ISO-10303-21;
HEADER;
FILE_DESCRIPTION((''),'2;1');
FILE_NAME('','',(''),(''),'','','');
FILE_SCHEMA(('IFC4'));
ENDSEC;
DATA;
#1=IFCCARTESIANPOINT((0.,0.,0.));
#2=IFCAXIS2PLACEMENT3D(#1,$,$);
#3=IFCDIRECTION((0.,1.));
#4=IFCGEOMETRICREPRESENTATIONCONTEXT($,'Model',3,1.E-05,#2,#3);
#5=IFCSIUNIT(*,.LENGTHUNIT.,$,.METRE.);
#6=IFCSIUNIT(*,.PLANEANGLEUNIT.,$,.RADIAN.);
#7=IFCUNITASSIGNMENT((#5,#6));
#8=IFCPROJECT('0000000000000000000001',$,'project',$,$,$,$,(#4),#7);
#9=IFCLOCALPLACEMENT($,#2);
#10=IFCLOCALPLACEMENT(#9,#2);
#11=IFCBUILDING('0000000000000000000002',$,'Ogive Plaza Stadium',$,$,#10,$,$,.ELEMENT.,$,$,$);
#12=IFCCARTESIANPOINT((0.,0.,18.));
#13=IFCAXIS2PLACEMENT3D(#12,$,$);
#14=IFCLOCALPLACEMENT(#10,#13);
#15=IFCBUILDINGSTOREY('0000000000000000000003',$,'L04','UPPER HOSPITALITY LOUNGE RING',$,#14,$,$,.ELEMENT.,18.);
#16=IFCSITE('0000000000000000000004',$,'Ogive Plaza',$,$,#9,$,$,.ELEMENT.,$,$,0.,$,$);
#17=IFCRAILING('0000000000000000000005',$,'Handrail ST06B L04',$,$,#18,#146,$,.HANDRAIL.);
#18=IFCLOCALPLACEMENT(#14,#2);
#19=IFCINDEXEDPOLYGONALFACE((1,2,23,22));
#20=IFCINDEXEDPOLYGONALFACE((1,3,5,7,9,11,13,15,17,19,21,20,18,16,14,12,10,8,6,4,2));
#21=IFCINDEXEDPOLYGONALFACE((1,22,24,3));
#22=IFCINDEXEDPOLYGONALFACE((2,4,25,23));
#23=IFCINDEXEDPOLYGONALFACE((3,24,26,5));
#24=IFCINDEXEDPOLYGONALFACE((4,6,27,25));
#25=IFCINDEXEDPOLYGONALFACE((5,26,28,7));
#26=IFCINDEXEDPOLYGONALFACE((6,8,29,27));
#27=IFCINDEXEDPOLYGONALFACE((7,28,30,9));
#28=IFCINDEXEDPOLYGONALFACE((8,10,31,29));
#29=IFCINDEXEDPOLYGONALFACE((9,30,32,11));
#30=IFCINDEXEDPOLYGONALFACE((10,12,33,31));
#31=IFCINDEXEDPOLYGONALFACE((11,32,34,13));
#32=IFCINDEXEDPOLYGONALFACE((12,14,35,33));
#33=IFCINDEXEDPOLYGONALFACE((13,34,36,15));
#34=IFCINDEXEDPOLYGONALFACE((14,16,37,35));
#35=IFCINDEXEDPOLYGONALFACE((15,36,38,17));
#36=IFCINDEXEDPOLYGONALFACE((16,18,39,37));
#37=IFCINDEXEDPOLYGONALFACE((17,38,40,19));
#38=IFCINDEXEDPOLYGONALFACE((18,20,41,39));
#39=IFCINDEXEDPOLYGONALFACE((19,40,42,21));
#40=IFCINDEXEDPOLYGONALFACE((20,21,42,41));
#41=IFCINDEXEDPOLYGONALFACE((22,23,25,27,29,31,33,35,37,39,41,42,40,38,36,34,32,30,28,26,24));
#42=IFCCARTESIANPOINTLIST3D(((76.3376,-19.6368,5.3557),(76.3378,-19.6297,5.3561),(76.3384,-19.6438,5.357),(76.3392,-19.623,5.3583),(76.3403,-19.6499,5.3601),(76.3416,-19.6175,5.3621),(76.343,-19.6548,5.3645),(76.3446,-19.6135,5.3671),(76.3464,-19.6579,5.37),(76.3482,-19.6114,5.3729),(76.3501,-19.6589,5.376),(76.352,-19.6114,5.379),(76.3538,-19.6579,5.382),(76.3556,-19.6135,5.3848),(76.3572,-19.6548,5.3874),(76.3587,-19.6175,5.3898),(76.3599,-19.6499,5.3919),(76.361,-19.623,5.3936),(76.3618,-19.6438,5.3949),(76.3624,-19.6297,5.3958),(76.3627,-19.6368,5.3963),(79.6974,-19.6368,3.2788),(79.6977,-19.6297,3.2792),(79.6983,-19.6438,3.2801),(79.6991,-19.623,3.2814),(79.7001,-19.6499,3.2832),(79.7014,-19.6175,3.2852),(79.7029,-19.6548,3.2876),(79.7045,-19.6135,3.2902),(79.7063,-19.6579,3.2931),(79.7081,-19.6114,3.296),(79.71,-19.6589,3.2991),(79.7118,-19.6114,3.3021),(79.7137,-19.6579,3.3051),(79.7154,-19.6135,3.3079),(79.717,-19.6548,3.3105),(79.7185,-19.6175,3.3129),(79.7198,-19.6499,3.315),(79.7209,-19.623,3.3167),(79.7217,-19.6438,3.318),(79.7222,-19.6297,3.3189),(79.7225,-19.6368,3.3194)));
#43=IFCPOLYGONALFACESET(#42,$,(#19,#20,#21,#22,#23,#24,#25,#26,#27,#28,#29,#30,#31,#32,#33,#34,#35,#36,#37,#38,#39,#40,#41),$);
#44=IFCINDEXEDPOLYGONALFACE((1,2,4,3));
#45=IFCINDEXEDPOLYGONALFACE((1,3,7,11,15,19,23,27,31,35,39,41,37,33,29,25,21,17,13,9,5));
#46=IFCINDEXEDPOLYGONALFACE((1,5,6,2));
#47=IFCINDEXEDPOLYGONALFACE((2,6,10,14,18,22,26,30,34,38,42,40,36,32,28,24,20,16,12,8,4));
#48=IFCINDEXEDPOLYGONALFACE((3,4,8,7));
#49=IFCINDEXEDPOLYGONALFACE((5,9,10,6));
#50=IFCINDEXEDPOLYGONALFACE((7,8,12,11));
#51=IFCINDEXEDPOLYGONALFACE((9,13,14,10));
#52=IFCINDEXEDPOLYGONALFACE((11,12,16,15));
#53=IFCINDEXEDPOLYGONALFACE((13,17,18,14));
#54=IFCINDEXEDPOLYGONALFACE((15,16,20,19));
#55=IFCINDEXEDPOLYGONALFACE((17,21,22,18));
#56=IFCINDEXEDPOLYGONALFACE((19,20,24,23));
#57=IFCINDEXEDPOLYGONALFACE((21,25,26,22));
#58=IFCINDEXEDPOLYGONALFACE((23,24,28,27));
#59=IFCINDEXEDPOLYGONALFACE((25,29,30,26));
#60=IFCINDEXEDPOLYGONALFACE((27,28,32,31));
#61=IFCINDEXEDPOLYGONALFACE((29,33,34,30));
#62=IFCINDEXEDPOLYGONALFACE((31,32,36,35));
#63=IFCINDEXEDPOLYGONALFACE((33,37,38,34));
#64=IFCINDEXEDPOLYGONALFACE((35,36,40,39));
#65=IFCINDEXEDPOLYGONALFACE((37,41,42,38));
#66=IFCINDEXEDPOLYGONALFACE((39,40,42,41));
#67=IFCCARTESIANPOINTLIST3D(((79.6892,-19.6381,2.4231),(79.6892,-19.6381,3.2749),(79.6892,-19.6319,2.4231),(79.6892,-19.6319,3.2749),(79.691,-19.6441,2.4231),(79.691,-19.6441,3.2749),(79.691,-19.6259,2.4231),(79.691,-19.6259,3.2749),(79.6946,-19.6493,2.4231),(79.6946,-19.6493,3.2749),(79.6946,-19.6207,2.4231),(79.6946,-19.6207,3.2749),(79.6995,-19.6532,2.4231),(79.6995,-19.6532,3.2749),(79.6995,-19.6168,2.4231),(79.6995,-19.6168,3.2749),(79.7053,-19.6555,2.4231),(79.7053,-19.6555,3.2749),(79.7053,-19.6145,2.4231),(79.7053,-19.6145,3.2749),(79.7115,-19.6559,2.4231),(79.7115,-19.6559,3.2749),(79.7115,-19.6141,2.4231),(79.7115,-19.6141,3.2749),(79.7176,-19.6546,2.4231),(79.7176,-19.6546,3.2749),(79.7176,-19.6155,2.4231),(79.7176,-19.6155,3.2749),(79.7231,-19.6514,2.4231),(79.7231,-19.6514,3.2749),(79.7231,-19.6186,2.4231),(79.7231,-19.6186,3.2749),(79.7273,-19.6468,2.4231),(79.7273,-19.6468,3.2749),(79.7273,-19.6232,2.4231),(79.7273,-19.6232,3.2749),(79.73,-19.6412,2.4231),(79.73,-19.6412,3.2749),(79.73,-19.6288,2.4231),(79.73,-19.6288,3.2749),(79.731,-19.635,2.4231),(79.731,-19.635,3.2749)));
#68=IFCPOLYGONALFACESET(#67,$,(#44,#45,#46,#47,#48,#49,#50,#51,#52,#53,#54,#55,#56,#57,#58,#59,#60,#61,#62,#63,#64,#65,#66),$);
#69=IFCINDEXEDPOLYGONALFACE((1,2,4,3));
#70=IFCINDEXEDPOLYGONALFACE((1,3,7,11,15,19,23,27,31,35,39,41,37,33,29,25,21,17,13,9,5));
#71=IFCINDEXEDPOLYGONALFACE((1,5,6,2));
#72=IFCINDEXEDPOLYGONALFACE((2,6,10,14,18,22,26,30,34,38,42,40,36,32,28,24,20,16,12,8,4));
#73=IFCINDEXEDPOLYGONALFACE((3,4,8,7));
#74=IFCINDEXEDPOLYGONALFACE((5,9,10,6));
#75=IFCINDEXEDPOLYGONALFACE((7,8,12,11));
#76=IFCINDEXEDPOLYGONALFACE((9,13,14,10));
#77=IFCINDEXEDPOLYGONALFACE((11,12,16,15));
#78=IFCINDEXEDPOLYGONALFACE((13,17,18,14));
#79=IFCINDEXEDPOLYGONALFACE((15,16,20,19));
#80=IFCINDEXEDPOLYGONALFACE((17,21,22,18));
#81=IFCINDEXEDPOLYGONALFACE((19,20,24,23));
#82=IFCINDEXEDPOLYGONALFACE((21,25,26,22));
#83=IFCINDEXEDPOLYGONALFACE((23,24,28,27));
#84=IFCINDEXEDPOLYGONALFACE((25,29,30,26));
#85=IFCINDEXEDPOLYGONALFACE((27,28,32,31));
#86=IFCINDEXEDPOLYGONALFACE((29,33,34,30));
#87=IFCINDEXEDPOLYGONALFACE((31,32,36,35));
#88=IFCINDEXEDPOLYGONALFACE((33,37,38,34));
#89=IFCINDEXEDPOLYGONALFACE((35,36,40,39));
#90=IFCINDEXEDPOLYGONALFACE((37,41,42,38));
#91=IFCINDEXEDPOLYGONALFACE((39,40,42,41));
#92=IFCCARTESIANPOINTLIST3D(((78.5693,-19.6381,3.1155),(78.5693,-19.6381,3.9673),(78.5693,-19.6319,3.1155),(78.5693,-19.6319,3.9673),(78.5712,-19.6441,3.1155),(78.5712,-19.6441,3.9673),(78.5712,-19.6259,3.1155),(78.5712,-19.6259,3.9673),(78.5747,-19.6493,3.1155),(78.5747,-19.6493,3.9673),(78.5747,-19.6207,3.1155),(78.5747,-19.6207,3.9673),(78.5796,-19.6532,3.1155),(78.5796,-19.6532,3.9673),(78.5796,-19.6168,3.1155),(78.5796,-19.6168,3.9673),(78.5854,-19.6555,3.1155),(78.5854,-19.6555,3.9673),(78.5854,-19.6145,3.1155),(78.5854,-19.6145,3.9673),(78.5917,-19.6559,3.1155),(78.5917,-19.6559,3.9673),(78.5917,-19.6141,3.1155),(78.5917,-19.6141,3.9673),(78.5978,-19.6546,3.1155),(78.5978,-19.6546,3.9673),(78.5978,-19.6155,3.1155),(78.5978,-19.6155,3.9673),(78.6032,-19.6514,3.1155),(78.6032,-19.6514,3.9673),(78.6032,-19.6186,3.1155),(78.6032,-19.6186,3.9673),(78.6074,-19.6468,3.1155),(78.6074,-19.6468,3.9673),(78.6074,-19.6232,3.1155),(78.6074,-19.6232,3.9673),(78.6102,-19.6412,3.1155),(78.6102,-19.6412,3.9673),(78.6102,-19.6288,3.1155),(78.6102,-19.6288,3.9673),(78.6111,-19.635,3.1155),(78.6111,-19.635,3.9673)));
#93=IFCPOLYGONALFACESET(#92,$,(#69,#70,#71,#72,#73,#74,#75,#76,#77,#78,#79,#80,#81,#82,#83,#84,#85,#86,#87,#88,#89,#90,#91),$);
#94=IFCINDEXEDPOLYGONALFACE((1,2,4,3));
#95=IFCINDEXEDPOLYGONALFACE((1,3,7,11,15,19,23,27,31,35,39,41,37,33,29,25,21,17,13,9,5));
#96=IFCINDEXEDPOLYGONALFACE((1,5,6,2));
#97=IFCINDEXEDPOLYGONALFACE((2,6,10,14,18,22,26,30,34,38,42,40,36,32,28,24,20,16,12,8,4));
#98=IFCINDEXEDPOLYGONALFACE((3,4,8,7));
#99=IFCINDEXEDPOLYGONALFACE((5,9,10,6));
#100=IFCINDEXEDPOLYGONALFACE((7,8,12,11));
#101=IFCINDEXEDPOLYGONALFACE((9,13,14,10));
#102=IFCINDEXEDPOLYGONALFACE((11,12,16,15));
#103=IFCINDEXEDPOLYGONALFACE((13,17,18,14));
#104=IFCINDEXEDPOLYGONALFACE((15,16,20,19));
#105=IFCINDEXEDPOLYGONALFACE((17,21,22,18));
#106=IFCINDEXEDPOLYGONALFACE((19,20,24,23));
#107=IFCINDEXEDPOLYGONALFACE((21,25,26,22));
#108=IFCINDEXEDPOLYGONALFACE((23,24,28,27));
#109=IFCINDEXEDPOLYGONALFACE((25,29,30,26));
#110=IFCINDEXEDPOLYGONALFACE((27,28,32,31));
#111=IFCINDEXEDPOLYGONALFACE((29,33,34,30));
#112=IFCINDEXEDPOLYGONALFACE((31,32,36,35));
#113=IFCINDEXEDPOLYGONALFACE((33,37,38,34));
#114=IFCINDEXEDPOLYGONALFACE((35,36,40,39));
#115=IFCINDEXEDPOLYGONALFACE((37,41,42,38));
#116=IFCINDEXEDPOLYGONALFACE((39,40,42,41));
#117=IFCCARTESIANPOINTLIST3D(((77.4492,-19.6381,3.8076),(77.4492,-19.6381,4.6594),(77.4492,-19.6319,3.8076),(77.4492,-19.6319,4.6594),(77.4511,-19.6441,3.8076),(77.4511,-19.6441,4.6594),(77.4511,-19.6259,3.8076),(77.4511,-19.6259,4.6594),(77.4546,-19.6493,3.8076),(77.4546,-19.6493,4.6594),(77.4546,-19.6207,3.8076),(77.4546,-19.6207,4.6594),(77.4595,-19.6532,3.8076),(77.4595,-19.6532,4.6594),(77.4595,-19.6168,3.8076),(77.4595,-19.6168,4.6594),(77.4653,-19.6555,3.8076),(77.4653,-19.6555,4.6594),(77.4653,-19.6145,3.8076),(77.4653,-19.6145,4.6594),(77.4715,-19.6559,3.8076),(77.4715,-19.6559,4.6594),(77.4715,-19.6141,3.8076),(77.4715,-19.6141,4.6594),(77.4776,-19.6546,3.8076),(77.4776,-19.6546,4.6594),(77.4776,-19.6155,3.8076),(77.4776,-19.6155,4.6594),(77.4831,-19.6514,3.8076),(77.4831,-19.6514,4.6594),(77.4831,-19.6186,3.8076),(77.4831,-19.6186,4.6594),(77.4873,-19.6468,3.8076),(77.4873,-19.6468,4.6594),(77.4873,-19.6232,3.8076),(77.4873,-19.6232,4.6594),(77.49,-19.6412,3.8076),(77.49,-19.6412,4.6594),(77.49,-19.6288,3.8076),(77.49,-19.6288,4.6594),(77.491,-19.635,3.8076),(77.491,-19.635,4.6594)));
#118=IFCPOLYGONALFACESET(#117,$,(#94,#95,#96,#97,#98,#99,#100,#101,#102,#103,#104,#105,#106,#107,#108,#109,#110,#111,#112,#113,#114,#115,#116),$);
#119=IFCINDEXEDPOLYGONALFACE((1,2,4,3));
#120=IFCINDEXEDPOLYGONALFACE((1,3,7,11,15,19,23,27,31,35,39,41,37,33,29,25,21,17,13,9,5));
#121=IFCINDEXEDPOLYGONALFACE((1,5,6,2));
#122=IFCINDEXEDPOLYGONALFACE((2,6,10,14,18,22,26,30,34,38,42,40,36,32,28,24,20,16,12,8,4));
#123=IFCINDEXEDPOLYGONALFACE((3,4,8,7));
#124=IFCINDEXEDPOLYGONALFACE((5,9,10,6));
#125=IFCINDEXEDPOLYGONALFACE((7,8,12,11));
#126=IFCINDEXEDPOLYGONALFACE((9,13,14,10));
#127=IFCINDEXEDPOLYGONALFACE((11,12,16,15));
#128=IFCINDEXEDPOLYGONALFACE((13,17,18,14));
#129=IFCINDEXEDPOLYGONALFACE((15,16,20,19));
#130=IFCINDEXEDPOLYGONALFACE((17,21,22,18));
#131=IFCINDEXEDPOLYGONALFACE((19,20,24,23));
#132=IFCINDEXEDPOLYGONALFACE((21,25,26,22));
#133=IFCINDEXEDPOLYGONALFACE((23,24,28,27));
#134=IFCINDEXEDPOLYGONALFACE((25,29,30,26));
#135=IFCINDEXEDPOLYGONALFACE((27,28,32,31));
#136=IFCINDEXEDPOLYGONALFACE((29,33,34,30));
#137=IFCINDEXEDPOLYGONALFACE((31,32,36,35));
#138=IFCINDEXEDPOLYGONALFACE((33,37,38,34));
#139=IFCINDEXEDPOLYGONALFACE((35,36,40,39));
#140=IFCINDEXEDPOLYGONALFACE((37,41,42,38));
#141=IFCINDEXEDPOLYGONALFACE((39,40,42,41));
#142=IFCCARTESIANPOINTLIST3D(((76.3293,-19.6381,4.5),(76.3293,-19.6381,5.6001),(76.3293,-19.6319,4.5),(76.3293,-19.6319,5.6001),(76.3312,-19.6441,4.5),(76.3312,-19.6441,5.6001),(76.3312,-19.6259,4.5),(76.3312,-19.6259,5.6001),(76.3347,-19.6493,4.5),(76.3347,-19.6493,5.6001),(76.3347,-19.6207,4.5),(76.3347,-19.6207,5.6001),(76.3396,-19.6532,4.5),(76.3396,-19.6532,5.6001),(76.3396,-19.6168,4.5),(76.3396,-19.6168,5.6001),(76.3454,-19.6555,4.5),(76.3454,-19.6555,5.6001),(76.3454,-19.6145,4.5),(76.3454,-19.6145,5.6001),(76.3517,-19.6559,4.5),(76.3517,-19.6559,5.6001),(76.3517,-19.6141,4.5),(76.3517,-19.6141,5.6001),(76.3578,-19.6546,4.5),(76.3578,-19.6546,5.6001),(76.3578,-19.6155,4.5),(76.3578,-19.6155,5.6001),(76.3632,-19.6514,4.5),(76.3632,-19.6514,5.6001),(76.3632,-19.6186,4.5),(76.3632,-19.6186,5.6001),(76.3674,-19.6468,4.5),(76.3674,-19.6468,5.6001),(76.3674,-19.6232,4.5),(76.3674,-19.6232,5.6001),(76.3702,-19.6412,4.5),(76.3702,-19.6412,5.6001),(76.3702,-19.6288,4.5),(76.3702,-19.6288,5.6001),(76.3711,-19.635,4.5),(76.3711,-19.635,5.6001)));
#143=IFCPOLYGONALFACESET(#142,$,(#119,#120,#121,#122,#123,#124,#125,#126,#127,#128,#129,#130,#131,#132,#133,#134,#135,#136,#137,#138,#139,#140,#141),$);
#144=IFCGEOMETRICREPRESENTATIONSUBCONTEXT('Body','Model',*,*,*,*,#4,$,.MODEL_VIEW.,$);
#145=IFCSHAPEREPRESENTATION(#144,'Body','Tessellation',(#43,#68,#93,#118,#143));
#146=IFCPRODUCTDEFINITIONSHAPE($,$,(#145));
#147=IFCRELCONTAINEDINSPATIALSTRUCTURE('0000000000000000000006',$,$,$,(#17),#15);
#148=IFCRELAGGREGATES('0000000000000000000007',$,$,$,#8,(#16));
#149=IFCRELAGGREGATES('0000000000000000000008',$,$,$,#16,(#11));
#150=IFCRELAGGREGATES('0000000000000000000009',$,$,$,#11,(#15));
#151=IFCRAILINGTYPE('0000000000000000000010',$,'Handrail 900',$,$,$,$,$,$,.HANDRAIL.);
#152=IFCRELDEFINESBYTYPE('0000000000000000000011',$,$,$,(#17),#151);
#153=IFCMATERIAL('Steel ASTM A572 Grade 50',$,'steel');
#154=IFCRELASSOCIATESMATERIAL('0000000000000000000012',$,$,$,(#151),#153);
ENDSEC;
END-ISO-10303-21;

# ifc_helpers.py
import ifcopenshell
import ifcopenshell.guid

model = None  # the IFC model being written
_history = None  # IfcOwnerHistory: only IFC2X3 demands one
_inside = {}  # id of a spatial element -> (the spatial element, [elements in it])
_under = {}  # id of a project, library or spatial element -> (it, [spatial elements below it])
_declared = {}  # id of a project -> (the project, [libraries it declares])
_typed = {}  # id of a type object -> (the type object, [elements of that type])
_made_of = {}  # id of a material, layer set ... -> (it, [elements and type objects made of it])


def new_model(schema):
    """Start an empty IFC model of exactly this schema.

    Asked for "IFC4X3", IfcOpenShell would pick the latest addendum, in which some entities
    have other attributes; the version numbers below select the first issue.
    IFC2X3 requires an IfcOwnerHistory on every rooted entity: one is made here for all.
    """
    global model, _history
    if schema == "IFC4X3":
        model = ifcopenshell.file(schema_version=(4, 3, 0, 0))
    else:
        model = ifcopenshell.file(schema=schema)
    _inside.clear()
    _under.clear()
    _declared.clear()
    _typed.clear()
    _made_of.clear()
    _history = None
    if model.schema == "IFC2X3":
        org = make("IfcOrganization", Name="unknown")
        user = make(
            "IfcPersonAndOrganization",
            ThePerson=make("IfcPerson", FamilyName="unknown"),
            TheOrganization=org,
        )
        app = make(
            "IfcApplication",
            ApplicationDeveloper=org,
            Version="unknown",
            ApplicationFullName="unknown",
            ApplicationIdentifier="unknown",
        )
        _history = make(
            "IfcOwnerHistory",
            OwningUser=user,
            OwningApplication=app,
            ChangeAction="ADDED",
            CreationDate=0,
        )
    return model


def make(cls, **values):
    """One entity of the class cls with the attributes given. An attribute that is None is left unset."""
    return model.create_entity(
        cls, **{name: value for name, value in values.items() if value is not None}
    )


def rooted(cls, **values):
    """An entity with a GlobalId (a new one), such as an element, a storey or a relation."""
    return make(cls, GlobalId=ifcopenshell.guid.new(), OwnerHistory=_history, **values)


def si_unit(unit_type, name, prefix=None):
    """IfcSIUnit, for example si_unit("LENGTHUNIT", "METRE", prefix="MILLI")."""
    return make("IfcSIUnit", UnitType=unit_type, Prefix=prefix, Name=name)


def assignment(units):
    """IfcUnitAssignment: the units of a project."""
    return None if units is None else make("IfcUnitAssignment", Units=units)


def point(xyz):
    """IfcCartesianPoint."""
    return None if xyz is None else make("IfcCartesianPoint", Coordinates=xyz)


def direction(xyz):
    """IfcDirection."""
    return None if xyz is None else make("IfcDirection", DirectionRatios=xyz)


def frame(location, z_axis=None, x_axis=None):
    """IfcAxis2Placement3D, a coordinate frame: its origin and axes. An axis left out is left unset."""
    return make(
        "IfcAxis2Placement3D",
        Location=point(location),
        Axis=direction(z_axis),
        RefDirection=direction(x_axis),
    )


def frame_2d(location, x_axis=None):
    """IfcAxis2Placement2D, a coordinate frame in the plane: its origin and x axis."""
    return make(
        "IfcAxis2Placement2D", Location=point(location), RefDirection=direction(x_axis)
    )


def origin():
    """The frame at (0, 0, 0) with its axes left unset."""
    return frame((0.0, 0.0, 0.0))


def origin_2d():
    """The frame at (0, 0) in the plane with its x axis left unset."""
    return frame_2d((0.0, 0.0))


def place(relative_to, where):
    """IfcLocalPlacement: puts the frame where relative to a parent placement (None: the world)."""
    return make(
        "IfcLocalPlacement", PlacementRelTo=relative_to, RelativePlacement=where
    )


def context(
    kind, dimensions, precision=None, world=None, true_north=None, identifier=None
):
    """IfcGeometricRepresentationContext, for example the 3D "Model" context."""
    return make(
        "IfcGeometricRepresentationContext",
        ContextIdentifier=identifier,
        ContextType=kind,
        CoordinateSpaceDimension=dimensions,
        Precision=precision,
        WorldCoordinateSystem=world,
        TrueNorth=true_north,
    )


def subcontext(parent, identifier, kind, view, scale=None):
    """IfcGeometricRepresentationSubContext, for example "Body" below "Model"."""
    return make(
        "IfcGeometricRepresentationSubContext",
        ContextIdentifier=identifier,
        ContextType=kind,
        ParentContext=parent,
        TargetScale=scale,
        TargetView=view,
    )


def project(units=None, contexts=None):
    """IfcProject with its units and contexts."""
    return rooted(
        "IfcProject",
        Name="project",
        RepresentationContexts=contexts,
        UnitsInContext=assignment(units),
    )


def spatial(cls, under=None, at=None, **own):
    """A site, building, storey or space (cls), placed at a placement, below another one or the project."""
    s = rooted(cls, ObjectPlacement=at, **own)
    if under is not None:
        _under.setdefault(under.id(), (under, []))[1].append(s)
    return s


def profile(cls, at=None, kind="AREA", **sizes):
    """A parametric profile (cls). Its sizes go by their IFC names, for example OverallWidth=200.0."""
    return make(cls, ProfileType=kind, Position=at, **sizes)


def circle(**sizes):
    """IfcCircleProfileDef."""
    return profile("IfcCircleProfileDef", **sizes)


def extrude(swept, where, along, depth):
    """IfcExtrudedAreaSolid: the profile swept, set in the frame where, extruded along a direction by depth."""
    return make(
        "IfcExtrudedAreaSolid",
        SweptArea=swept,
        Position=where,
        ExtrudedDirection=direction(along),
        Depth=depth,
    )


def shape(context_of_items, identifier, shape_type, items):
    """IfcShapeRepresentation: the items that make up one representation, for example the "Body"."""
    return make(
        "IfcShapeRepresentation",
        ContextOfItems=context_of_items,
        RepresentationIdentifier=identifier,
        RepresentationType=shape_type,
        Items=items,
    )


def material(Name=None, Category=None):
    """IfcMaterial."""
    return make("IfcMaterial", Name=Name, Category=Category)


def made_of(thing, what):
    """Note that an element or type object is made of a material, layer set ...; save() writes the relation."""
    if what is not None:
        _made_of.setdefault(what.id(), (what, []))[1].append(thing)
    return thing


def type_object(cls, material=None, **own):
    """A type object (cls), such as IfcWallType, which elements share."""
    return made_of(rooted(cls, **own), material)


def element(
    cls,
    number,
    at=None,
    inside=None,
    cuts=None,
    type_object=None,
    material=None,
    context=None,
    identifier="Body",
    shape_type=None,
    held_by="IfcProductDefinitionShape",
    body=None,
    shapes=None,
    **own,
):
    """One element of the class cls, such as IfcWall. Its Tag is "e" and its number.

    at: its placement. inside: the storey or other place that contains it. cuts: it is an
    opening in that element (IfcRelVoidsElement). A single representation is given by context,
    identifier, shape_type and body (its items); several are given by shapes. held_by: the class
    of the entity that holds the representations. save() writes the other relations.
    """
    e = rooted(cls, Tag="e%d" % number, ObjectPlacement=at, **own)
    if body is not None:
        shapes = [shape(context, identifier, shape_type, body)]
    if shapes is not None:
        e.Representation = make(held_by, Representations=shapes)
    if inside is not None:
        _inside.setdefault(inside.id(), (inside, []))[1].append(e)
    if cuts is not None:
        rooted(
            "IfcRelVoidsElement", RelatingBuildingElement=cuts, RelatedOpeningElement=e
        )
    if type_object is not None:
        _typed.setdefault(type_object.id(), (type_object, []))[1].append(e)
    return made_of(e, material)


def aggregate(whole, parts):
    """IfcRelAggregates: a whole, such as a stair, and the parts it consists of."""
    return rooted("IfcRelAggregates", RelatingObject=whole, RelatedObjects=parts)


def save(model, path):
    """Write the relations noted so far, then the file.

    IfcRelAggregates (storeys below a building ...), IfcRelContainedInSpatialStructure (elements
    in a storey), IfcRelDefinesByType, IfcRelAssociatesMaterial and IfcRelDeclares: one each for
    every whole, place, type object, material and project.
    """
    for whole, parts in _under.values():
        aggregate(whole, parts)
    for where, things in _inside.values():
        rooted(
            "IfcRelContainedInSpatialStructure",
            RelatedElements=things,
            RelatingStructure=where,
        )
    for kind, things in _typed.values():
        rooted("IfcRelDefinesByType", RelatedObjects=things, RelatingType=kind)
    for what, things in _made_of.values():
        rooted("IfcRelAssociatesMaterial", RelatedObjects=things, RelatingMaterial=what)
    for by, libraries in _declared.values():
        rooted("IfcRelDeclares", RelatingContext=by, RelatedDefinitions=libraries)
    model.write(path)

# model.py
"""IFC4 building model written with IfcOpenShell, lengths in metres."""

from ifc_helpers import new_model, si_unit, direction, frame, origin, origin_2d, place, context, subcontext, project, spatial, circle, extrude, material, type_object, element, save


model = new_model("IFC4")

# Units and contexts
model_context = context("Model", 3, precision=1e-05, world=origin(), true_north=direction((0.0, 1.0)))
body_context = subcontext(model_context, "Body", "Model", "MODEL_VIEW")
ifc_project = project(units=[si_unit("LENGTHUNIT", "METRE"), si_unit("PLANEANGLEUNIT", "RADIAN")], contexts=[model_context])

# Site, building, storey
site_placement = place(None, origin())
site = spatial("IfcSite", under=ifc_project, at=site_placement, Name="Ogive Plaza", CompositionType="ELEMENT", RefElevation=0.0)
building_placement = place(site_placement, origin())
building = spatial("IfcBuilding", under=site, at=building_placement, Name="Ogive Plaza Stadium", CompositionType="ELEMENT")
storey_placement = place(building_placement, frame((0.0, 0.0, 18.0)))
storey = spatial("IfcBuildingStorey", under=building, at=storey_placement, Name="L04", Description="UPPER HOSPITALITY LOUNGE RING", CompositionType="ELEMENT", Elevation=18.0)

# Railing
ifc_material_1 = material(Name="Steel ASTM A572 Grade 50", Category="steel")
railing_type = type_object("IfcRailingType", Name="Handrail 900", PredefinedType="HANDRAIL", material=ifc_material_1)
for number, where, name in (
    (1, (79.71, -19.635, 2.4231), "Handrail ST06B L04"),
):
    element("IfcRailing", number, at=place(storey_placement, frame(where)), inside=storey, type_object=railing_type, Name=name, PredefinedType="HANDRAIL", context=body_context, shape_type="SweptSolid", body=[
        extrude(circle(Radius=0.0239, at=origin_2d()), frame((0.0, 0.0, 0.876), z_axis=(-0.850606, 0.0, 0.525803), x_axis=(0.0, -1.0, 0.0)), (0.0, 0.0, 1.0), 3.95),
        extrude(circle(Radius=0.021, at=origin_2d()), origin(), (0.0, 0.0, 1.0), 0.8518),
        extrude(circle(Radius=0.021, at=origin_2d()), frame((-1.1199, 0.0, 0.6924)), (0.0, 0.0, 1.0), 0.8518),
        extrude(circle(Radius=0.021, at=origin_2d()), frame((-2.24, 0.0, 1.3845)), (0.0, 0.0, 1.0), 0.8518),
        extrude(circle(Radius=0.021, at=origin_2d()), frame((-3.3599, 0.0, 2.0769)), (0.0, 0.0, 1.0), 1.1001),
    ])

save(model, "model.ifc")
